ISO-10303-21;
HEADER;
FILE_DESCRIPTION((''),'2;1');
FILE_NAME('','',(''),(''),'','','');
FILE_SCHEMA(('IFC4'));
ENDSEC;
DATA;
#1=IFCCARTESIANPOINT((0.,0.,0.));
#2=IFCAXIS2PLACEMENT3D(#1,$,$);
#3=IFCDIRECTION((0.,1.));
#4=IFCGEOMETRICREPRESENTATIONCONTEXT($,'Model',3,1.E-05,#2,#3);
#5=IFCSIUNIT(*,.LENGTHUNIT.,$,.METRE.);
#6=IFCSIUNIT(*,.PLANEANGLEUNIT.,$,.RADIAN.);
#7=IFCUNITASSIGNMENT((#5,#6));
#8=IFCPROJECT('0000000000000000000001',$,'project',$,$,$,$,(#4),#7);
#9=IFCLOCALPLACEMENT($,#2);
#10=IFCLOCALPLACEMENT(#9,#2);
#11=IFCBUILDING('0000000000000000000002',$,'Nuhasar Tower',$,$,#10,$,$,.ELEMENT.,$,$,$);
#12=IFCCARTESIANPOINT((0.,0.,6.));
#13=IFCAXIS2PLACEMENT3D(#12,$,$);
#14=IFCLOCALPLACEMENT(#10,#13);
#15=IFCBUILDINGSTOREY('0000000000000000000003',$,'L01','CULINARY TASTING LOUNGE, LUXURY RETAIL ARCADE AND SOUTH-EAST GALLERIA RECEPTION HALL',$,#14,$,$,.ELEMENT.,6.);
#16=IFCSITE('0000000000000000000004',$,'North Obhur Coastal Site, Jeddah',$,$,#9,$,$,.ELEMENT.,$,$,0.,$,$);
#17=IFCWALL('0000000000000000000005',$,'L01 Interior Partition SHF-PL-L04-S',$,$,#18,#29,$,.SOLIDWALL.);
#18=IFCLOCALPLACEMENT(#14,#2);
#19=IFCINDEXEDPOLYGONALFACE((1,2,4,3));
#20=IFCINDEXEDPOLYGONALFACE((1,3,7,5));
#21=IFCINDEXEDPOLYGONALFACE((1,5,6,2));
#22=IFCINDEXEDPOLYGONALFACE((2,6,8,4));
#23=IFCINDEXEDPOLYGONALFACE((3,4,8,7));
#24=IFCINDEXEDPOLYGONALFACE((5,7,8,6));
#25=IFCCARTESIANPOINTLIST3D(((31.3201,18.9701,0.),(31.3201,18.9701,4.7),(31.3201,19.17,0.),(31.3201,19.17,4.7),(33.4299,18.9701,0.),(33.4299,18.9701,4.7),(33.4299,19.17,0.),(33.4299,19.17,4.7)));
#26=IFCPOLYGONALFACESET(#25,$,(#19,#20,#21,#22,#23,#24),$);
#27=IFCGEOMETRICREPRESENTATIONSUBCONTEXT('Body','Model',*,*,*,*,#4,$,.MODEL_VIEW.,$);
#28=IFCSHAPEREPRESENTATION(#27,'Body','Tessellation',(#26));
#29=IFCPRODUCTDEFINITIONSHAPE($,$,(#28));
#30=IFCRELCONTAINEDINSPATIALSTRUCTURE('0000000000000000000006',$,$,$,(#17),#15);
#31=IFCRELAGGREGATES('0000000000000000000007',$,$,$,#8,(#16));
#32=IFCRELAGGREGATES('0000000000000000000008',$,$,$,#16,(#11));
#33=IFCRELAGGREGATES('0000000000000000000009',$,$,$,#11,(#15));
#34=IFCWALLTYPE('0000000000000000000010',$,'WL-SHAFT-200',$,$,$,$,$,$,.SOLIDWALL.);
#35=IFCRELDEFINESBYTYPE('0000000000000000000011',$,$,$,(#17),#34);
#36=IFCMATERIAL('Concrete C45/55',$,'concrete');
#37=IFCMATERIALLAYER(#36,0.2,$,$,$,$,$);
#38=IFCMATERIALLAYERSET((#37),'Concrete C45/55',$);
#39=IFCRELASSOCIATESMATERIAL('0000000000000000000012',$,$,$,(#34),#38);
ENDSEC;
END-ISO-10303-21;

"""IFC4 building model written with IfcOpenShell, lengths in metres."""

from ifc_helpers import new_model, si_unit, direction, frame, frame_2d, origin, place, context, subcontext, project, spatial, rectangle, extrude, material, layer, layer_set, type_object, element, save


model = new_model("IFC4")

# Units and contexts
model_context = context("Model", 3, precision=1e-05, world=origin(), true_north=direction((0.0, 1.0)))
body_context = subcontext(model_context, "Body", "Model", "MODEL_VIEW")
ifc_project = project(units=[si_unit("LENGTHUNIT", "METRE"), si_unit("PLANEANGLEUNIT", "RADIAN")], contexts=[model_context])

# Site, building, storey
site_placement = place(None, origin())
site = spatial("IfcSite", under=ifc_project, at=site_placement, Name="North Obhur Coastal Site, Jeddah", CompositionType="ELEMENT", RefElevation=0.0)
building_placement = place(site_placement, origin())
building = spatial("IfcBuilding", under=site, at=building_placement, Name="Nuhasar Tower", CompositionType="ELEMENT")
storey_placement = place(building_placement, frame((0.0, 0.0, 6.0)))
storey = spatial("IfcBuildingStorey", under=building, at=storey_placement, Name="L01", Description="CULINARY TASTING LOUNGE, LUXURY RETAIL ARCADE AND SOUTH-EAST GALLERIA RECEPTION HALL", CompositionType="ELEMENT", Elevation=6.0)

# Shared definitions
ifc_material_1 = material(Name="Concrete C45/55", Category="concrete")
ifc_layer_1 = layer(ifc_material_1, 0.2)
ifc_layer_set_1 = layer_set([ifc_layer_1], Name="Concrete C45/55")
wall_type_1 = type_object("IfcWallType", Name="WL-SHAFT-200", PredefinedType="SOLIDWALL", material=ifc_layer_set_1)

# Wall
wall_1_placement = place(storey_placement, frame((31.3201, 19.0701, 0.0), z_axis=(0.0, 0.0, 1.0), x_axis=(1.0, 0.0, 0.0)))
element("IfcWall", 1, at=wall_1_placement, inside=storey, type_object=wall_type_1, Name="L01 Interior Partition SHF-PL-L04-S", PredefinedType="SOLIDWALL", context=body_context, shape_type="SweptSolid", body=[
    extrude(rectangle(XDim=2.1099, YDim=0.2, at=frame_2d((1.0549, 0.0))), origin(), (0.0, 0.0, 1.0), 4.7),
])

save(model, "model.ifc")
